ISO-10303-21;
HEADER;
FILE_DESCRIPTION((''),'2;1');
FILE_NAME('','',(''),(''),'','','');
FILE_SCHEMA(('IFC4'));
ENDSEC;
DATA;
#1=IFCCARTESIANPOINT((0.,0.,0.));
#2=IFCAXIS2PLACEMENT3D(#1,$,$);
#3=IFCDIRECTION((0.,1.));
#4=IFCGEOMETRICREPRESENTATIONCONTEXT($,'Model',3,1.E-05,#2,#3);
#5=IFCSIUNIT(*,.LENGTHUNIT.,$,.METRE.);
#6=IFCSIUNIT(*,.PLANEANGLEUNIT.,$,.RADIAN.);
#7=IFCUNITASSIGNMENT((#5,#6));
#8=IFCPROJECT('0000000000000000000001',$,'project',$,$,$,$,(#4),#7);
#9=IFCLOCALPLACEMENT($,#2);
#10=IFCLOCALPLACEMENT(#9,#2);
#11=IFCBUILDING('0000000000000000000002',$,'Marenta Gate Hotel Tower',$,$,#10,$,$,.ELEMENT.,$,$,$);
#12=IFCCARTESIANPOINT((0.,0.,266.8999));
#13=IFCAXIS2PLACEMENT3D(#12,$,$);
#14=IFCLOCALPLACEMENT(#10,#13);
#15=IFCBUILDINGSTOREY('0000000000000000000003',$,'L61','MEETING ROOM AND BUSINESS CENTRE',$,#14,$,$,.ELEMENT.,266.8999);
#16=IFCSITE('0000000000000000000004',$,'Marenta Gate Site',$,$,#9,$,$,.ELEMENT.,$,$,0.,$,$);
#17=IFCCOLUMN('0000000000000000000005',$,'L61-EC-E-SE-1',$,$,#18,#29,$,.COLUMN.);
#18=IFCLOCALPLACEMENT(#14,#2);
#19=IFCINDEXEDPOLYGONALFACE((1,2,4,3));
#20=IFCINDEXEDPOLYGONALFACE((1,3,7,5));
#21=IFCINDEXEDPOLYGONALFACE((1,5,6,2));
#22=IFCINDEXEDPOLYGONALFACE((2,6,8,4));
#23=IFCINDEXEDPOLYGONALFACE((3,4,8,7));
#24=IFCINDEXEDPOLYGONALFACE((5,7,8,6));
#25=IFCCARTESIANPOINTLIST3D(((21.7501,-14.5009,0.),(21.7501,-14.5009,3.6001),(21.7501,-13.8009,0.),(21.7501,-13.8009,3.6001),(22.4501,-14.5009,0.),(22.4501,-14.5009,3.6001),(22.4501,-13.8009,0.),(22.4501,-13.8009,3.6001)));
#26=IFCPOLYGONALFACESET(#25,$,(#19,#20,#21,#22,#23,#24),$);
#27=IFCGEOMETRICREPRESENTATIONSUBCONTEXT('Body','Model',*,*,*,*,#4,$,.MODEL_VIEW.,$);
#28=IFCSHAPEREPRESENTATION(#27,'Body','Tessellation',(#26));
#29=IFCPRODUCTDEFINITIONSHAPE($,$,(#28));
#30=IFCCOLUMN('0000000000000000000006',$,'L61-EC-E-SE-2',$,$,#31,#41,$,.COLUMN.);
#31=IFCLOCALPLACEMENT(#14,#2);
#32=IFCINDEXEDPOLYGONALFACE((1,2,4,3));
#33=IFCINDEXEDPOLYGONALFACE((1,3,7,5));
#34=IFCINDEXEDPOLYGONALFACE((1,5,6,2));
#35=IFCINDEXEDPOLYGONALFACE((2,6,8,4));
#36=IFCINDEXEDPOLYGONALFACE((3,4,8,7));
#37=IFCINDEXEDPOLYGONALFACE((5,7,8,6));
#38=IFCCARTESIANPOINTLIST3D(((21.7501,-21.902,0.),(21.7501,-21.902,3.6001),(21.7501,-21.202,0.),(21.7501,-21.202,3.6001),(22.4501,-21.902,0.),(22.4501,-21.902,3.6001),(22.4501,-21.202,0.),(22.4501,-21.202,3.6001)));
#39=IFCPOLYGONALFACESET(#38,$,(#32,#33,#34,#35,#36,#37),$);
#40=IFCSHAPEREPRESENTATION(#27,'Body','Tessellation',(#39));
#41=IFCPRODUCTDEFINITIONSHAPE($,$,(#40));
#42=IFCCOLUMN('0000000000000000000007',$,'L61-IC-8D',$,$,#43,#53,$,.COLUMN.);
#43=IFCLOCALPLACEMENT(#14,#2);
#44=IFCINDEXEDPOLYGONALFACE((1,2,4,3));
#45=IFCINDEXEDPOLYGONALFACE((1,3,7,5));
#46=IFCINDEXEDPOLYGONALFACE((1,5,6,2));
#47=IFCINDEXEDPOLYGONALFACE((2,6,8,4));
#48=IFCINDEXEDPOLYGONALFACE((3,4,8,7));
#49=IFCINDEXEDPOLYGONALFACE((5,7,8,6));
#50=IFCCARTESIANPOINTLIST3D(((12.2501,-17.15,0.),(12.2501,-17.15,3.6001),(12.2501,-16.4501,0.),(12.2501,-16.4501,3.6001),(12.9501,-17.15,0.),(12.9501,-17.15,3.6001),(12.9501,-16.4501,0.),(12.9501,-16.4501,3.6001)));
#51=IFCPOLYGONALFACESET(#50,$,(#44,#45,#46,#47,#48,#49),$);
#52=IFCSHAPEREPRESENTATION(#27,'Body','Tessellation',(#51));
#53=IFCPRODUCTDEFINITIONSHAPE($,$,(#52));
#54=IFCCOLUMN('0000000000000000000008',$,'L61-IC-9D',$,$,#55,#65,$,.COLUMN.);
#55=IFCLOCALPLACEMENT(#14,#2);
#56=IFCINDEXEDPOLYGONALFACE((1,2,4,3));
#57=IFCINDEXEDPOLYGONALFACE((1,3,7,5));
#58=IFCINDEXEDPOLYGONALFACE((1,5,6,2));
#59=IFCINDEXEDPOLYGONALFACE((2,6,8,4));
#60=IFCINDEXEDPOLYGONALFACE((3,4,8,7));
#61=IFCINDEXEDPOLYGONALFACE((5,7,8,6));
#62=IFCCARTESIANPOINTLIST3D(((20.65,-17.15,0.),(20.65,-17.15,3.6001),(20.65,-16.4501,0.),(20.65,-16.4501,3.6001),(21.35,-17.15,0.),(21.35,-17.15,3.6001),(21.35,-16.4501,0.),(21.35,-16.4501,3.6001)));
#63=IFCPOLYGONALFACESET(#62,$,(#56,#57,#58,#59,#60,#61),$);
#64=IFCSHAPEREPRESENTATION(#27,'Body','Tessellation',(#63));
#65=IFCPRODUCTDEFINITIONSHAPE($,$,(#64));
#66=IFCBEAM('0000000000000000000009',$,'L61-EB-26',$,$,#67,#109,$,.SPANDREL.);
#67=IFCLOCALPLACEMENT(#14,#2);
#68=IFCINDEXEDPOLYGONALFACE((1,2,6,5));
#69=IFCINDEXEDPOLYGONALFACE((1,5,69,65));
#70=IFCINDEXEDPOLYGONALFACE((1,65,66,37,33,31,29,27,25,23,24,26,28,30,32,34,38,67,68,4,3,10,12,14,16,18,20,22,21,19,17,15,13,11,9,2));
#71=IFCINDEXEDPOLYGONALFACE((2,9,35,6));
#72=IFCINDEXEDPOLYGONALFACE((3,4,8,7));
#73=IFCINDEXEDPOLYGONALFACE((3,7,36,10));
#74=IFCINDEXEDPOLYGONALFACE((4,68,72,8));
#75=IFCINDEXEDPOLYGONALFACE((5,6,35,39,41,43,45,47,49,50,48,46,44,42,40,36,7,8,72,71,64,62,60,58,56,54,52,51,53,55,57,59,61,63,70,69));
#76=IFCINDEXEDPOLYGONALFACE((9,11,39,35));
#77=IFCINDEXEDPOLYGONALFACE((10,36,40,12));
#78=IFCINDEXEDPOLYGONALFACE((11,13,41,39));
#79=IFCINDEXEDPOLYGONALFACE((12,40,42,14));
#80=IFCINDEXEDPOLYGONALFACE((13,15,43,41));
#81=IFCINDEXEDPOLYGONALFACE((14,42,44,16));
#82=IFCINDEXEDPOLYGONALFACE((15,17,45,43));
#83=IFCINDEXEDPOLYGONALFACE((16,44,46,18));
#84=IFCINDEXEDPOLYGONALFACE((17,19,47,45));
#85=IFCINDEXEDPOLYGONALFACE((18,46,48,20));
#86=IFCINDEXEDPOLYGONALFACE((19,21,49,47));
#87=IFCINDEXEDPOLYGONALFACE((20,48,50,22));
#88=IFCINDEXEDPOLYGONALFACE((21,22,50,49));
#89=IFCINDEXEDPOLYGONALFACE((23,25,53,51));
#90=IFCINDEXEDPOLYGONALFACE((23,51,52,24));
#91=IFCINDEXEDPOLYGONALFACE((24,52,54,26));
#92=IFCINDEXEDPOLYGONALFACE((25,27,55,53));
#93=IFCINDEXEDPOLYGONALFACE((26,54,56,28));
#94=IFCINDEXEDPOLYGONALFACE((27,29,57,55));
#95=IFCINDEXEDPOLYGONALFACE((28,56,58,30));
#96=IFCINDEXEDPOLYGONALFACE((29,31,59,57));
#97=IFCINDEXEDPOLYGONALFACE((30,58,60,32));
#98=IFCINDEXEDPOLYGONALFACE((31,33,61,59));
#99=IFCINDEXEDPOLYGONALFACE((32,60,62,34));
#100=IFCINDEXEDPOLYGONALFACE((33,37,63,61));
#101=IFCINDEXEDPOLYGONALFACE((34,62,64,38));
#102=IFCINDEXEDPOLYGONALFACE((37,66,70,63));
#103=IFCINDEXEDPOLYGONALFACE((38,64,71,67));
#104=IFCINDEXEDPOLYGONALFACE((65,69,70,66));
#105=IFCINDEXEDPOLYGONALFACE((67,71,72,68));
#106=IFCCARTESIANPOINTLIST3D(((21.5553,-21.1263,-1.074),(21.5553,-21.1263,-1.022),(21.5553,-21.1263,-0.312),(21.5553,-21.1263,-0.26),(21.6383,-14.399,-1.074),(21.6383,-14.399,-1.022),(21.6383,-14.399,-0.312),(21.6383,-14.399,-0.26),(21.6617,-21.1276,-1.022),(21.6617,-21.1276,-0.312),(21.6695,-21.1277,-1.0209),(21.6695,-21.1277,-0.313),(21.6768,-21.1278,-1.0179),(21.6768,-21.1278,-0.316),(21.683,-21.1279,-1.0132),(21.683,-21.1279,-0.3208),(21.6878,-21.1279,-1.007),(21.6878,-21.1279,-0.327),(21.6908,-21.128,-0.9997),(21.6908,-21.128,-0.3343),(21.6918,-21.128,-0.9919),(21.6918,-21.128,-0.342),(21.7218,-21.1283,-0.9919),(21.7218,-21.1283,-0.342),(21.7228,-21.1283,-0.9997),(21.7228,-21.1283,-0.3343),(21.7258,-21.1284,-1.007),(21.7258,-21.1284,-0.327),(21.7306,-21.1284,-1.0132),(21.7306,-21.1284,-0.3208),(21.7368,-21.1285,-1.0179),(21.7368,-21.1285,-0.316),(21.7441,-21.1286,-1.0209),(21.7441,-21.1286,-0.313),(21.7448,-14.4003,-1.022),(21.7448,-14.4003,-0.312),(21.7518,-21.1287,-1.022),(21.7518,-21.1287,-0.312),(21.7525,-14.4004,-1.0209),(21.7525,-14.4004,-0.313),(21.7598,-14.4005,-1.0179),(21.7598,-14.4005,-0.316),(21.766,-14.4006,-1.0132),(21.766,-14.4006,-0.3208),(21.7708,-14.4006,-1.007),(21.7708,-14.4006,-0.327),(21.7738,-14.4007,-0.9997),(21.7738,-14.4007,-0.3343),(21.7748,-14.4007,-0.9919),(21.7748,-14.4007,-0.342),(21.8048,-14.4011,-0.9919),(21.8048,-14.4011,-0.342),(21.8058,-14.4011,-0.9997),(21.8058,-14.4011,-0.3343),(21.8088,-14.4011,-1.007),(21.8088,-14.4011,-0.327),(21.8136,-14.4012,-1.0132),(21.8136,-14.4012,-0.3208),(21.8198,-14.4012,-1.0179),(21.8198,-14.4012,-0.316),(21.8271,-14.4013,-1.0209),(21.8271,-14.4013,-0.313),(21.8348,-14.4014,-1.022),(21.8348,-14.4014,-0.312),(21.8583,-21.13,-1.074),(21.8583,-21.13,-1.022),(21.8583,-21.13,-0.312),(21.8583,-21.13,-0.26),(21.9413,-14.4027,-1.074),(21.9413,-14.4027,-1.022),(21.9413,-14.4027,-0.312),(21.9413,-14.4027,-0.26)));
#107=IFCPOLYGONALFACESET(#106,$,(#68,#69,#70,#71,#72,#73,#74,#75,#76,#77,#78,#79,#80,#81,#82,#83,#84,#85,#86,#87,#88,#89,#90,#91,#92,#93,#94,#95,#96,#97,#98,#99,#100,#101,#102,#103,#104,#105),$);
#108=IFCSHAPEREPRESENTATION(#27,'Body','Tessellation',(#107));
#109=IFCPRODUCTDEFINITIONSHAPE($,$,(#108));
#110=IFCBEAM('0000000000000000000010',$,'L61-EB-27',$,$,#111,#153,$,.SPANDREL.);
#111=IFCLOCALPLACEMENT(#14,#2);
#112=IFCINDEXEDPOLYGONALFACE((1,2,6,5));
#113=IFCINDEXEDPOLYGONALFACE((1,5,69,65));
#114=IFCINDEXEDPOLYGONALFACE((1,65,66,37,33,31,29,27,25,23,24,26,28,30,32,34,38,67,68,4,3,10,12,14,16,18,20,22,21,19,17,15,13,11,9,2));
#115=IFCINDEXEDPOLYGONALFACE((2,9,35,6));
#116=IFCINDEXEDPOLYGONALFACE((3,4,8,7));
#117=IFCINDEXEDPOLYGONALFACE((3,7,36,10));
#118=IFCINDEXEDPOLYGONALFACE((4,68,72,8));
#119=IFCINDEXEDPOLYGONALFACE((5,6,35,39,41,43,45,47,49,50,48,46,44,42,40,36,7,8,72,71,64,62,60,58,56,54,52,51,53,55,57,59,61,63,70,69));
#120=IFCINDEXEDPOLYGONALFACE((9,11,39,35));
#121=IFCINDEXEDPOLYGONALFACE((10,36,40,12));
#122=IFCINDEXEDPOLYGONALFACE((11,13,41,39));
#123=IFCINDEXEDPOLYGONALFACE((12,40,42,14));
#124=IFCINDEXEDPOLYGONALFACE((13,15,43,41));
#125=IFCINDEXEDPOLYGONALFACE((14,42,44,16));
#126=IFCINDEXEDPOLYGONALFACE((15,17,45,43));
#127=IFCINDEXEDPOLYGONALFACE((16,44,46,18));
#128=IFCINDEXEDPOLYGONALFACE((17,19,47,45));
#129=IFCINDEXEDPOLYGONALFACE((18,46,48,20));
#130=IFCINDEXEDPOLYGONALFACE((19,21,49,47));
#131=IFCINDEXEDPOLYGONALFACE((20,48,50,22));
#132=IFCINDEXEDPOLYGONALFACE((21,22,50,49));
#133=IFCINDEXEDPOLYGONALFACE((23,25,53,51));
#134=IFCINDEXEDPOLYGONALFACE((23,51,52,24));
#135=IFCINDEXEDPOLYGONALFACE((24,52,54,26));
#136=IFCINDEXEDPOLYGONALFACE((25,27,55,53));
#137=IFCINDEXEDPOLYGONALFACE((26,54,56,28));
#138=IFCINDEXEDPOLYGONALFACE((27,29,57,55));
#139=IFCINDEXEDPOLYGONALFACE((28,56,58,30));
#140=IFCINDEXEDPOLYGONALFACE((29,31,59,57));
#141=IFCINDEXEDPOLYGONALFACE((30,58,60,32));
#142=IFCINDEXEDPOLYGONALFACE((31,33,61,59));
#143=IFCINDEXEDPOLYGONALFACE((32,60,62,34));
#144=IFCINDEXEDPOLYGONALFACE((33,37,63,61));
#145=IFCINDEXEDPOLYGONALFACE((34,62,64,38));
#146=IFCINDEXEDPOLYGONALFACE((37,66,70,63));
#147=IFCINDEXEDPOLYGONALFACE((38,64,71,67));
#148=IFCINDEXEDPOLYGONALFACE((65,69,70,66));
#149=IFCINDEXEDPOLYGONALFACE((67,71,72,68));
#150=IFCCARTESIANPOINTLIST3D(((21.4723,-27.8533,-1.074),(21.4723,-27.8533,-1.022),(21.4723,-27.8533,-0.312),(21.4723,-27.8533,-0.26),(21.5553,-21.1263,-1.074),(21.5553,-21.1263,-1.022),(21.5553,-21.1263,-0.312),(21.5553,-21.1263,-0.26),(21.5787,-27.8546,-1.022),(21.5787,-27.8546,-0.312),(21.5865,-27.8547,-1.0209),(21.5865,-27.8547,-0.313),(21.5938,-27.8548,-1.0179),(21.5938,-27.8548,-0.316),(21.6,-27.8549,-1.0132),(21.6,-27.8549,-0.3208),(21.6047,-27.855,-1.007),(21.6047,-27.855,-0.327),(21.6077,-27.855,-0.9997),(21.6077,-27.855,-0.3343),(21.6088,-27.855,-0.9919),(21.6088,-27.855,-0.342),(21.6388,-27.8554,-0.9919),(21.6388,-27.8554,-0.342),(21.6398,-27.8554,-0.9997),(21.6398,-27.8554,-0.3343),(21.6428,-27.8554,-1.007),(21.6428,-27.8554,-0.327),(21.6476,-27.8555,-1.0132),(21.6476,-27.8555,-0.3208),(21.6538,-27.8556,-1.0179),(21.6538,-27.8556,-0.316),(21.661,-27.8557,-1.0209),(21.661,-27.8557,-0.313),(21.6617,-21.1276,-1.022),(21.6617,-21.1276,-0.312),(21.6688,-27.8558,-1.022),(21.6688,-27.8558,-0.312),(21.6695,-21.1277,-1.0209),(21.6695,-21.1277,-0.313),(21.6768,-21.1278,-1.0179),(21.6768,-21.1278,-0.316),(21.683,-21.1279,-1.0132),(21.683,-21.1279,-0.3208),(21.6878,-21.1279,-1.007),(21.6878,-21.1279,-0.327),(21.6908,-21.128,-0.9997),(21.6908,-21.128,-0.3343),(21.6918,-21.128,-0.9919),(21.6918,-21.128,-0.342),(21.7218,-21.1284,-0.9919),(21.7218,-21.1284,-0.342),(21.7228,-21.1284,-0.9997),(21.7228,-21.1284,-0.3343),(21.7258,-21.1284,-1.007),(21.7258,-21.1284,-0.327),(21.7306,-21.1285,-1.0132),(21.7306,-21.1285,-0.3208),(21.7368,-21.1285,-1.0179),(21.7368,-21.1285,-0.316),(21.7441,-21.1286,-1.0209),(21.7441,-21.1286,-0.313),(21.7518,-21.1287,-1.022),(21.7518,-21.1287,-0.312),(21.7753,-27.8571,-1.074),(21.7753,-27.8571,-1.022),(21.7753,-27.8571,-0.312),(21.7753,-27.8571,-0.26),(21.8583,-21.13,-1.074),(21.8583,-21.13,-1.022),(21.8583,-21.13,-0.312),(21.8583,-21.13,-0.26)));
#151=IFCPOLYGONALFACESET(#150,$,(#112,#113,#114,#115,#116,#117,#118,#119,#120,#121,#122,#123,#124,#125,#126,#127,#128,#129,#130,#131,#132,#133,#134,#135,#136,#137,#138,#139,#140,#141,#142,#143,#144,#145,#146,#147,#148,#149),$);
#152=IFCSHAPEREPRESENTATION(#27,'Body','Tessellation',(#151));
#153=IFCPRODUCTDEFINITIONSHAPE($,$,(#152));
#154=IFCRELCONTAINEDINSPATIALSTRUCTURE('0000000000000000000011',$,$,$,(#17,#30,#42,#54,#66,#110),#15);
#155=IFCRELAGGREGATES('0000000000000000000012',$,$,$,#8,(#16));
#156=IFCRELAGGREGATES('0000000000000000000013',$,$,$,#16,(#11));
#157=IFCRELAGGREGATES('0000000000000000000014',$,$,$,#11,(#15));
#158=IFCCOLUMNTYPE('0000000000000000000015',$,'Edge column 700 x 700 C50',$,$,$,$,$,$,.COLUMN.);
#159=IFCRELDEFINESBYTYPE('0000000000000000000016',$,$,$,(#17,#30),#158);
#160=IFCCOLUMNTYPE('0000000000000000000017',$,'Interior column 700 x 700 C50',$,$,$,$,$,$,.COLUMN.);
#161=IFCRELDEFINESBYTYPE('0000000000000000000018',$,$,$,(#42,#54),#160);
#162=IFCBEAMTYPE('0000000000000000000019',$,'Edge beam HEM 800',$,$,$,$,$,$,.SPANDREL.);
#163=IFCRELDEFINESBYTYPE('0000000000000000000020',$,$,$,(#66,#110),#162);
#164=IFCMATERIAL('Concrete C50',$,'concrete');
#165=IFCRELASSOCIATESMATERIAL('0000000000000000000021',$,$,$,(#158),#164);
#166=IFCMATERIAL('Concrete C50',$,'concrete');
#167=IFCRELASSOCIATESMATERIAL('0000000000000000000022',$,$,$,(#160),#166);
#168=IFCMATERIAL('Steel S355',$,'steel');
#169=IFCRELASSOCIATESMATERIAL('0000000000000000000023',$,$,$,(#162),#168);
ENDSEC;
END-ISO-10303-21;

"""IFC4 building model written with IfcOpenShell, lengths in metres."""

from ifc_helpers import new_model, si_unit, direction, frame, origin, origin_2d, place, context, subcontext, project, spatial, rectangle, i_section, extrude, material, material_profile, profile_set, type_object, element, save


model = new_model("IFC4")

# Units and contexts
model_context = context("Model", 3, precision=1e-05, world=origin(), true_north=direction((0.0, 1.0)))
body_context = subcontext(model_context, "Body", "Model", "MODEL_VIEW")
ifc_project = project(units=[si_unit("LENGTHUNIT", "METRE"), si_unit("PLANEANGLEUNIT", "RADIAN")], contexts=[model_context])

# Site, building, storey
site_placement = place(None, origin())
site = spatial("IfcSite", under=ifc_project, at=site_placement, Name="Marenta Gate Site", CompositionType="ELEMENT", RefElevation=0.0)
building_placement = place(site_placement, origin())
building = spatial("IfcBuilding", under=site, at=building_placement, Name="Marenta Gate Hotel Tower", CompositionType="ELEMENT")
storey_placement = place(building_placement, frame((0.0, 0.0, 266.8999)))
storey = spatial("IfcBuildingStorey", under=building, at=storey_placement, Name="L61", Description="MEETING ROOM AND BUSINESS CENTRE", CompositionType="ELEMENT", Elevation=266.8999)

# Columns
ifc_material_1 = material(Name="Concrete C50", Category="concrete")
ifc_material_profile_1 = material_profile(ifc_material_1, rectangle(XDim=0.7, YDim=0.7, at=origin_2d()), Name="700 x 700")
ifc_profile_set_1 = profile_set([ifc_material_profile_1], Name="Concrete C50")
column_type_1 = type_object("IfcColumnType", Name="Edge column 700 x 700 C50", PredefinedType="COLUMN", material=ifc_profile_set_1)
for number, where, z_axis, x_axis, name in (
    (1, (22.1001, -14.1509, 0.0), (0.0, 0.0, 1.0), (1.0, 0.0, 0.0), "L61-EC-E-SE-1"),
    (2, (22.1001, -21.552, 0.0), (0.0, 0.0, 1.0), (1.0, 0.0, 0.0), "L61-EC-E-SE-2"),
):
    element("IfcColumn", number, at=place(storey_placement, frame(where, z_axis=z_axis, x_axis=x_axis)), inside=storey, type_object=column_type_1, Name=name, PredefinedType="COLUMN", context=body_context, shape_type="SweptSolid", body=[
        extrude(rectangle(XDim=0.7, YDim=0.7, at=origin_2d()), origin(), (0.0, 0.0, 1.0), 3.6001),
    ])
ifc_material_2 = material(Name="Concrete C50", Category="concrete")
ifc_material_profile_2 = material_profile(ifc_material_2, rectangle(XDim=0.7, YDim=0.7, at=origin_2d()), Name="700 x 700")
ifc_profile_set_2 = profile_set([ifc_material_profile_2], Name="Concrete C50")
column_type_2 = type_object("IfcColumnType", Name="Interior column 700 x 700 C50", PredefinedType="COLUMN", material=ifc_profile_set_2)
for number, where, z_axis, x_axis, name in (
    (3, (12.6001, -16.8, 0.0), (0.0, 0.0, 1.0), (1.0, 0.0, 0.0), "L61-IC-8D"),
    (4, (21.0, -16.8, 0.0), (0.0, 0.0, 1.0), (1.0, 0.0, 0.0), "L61-IC-9D"),
):
    element("IfcColumn", number, at=place(storey_placement, frame(where, z_axis=z_axis, x_axis=x_axis)), inside=storey, type_object=column_type_2, Name=name, PredefinedType="COLUMN", context=body_context, shape_type="SweptSolid", body=[
        extrude(rectangle(XDim=0.7, YDim=0.7, at=origin_2d()), origin(), (0.0, 0.0, 1.0), 3.6001),
    ])

# Beams
ifc_material_3 = material(Name="Steel S355", Category="steel")
ifc_material_profile_3 = material_profile(ifc_material_3, i_section(OverallWidth=0.303, OverallDepth=0.814, WebThickness=0.03, FlangeThickness=0.052, FilletRadius=0.03, at=origin_2d()), Name="HEM 800")
ifc_profile_set_3 = profile_set([ifc_material_profile_3], Name="Steel S355")
beam_type_1 = type_object("IfcBeamType", Name="Edge beam HEM 800", PredefinedType="SPANDREL", material=ifc_profile_set_3)
beam_1_placement = place(storey_placement, frame((21.7898, -14.4009, -0.667), z_axis=(-0.012338, -0.999924, 0.0), x_axis=(0.999924, -0.012338, 0.0)))
element("IfcBeam", 5, at=beam_1_placement, inside=storey, type_object=beam_type_1, Name="L61-EB-26", PredefinedType="SPANDREL", context=body_context, shape_type="SweptSolid", body=[
    extrude(i_section(OverallWidth=0.303, OverallDepth=0.814, WebThickness=0.03, FlangeThickness=0.052, FilletRadius=0.03, at=origin_2d()), origin(), (0.0, 0.0, 1.0), 6.7278),
])
beam_2_placement = place(storey_placement, frame((21.7068, -21.1282, -0.667), z_axis=(-0.012338, -0.999924, 0.0), x_axis=(0.999924, -0.012338, 0.0)))
element("IfcBeam", 6, at=beam_2_placement, inside=storey, type_object=beam_type_1, Name="L61-EB-27", PredefinedType="SPANDREL", context=body_context, shape_type="SweptSolid", body=[
    extrude(i_section(OverallWidth=0.303, OverallDepth=0.814, WebThickness=0.03, FlangeThickness=0.052, FilletRadius=0.03, at=origin_2d()), origin(), (0.0, 0.0, 1.0), 6.7275),
])

save(model, "model.ifc")
